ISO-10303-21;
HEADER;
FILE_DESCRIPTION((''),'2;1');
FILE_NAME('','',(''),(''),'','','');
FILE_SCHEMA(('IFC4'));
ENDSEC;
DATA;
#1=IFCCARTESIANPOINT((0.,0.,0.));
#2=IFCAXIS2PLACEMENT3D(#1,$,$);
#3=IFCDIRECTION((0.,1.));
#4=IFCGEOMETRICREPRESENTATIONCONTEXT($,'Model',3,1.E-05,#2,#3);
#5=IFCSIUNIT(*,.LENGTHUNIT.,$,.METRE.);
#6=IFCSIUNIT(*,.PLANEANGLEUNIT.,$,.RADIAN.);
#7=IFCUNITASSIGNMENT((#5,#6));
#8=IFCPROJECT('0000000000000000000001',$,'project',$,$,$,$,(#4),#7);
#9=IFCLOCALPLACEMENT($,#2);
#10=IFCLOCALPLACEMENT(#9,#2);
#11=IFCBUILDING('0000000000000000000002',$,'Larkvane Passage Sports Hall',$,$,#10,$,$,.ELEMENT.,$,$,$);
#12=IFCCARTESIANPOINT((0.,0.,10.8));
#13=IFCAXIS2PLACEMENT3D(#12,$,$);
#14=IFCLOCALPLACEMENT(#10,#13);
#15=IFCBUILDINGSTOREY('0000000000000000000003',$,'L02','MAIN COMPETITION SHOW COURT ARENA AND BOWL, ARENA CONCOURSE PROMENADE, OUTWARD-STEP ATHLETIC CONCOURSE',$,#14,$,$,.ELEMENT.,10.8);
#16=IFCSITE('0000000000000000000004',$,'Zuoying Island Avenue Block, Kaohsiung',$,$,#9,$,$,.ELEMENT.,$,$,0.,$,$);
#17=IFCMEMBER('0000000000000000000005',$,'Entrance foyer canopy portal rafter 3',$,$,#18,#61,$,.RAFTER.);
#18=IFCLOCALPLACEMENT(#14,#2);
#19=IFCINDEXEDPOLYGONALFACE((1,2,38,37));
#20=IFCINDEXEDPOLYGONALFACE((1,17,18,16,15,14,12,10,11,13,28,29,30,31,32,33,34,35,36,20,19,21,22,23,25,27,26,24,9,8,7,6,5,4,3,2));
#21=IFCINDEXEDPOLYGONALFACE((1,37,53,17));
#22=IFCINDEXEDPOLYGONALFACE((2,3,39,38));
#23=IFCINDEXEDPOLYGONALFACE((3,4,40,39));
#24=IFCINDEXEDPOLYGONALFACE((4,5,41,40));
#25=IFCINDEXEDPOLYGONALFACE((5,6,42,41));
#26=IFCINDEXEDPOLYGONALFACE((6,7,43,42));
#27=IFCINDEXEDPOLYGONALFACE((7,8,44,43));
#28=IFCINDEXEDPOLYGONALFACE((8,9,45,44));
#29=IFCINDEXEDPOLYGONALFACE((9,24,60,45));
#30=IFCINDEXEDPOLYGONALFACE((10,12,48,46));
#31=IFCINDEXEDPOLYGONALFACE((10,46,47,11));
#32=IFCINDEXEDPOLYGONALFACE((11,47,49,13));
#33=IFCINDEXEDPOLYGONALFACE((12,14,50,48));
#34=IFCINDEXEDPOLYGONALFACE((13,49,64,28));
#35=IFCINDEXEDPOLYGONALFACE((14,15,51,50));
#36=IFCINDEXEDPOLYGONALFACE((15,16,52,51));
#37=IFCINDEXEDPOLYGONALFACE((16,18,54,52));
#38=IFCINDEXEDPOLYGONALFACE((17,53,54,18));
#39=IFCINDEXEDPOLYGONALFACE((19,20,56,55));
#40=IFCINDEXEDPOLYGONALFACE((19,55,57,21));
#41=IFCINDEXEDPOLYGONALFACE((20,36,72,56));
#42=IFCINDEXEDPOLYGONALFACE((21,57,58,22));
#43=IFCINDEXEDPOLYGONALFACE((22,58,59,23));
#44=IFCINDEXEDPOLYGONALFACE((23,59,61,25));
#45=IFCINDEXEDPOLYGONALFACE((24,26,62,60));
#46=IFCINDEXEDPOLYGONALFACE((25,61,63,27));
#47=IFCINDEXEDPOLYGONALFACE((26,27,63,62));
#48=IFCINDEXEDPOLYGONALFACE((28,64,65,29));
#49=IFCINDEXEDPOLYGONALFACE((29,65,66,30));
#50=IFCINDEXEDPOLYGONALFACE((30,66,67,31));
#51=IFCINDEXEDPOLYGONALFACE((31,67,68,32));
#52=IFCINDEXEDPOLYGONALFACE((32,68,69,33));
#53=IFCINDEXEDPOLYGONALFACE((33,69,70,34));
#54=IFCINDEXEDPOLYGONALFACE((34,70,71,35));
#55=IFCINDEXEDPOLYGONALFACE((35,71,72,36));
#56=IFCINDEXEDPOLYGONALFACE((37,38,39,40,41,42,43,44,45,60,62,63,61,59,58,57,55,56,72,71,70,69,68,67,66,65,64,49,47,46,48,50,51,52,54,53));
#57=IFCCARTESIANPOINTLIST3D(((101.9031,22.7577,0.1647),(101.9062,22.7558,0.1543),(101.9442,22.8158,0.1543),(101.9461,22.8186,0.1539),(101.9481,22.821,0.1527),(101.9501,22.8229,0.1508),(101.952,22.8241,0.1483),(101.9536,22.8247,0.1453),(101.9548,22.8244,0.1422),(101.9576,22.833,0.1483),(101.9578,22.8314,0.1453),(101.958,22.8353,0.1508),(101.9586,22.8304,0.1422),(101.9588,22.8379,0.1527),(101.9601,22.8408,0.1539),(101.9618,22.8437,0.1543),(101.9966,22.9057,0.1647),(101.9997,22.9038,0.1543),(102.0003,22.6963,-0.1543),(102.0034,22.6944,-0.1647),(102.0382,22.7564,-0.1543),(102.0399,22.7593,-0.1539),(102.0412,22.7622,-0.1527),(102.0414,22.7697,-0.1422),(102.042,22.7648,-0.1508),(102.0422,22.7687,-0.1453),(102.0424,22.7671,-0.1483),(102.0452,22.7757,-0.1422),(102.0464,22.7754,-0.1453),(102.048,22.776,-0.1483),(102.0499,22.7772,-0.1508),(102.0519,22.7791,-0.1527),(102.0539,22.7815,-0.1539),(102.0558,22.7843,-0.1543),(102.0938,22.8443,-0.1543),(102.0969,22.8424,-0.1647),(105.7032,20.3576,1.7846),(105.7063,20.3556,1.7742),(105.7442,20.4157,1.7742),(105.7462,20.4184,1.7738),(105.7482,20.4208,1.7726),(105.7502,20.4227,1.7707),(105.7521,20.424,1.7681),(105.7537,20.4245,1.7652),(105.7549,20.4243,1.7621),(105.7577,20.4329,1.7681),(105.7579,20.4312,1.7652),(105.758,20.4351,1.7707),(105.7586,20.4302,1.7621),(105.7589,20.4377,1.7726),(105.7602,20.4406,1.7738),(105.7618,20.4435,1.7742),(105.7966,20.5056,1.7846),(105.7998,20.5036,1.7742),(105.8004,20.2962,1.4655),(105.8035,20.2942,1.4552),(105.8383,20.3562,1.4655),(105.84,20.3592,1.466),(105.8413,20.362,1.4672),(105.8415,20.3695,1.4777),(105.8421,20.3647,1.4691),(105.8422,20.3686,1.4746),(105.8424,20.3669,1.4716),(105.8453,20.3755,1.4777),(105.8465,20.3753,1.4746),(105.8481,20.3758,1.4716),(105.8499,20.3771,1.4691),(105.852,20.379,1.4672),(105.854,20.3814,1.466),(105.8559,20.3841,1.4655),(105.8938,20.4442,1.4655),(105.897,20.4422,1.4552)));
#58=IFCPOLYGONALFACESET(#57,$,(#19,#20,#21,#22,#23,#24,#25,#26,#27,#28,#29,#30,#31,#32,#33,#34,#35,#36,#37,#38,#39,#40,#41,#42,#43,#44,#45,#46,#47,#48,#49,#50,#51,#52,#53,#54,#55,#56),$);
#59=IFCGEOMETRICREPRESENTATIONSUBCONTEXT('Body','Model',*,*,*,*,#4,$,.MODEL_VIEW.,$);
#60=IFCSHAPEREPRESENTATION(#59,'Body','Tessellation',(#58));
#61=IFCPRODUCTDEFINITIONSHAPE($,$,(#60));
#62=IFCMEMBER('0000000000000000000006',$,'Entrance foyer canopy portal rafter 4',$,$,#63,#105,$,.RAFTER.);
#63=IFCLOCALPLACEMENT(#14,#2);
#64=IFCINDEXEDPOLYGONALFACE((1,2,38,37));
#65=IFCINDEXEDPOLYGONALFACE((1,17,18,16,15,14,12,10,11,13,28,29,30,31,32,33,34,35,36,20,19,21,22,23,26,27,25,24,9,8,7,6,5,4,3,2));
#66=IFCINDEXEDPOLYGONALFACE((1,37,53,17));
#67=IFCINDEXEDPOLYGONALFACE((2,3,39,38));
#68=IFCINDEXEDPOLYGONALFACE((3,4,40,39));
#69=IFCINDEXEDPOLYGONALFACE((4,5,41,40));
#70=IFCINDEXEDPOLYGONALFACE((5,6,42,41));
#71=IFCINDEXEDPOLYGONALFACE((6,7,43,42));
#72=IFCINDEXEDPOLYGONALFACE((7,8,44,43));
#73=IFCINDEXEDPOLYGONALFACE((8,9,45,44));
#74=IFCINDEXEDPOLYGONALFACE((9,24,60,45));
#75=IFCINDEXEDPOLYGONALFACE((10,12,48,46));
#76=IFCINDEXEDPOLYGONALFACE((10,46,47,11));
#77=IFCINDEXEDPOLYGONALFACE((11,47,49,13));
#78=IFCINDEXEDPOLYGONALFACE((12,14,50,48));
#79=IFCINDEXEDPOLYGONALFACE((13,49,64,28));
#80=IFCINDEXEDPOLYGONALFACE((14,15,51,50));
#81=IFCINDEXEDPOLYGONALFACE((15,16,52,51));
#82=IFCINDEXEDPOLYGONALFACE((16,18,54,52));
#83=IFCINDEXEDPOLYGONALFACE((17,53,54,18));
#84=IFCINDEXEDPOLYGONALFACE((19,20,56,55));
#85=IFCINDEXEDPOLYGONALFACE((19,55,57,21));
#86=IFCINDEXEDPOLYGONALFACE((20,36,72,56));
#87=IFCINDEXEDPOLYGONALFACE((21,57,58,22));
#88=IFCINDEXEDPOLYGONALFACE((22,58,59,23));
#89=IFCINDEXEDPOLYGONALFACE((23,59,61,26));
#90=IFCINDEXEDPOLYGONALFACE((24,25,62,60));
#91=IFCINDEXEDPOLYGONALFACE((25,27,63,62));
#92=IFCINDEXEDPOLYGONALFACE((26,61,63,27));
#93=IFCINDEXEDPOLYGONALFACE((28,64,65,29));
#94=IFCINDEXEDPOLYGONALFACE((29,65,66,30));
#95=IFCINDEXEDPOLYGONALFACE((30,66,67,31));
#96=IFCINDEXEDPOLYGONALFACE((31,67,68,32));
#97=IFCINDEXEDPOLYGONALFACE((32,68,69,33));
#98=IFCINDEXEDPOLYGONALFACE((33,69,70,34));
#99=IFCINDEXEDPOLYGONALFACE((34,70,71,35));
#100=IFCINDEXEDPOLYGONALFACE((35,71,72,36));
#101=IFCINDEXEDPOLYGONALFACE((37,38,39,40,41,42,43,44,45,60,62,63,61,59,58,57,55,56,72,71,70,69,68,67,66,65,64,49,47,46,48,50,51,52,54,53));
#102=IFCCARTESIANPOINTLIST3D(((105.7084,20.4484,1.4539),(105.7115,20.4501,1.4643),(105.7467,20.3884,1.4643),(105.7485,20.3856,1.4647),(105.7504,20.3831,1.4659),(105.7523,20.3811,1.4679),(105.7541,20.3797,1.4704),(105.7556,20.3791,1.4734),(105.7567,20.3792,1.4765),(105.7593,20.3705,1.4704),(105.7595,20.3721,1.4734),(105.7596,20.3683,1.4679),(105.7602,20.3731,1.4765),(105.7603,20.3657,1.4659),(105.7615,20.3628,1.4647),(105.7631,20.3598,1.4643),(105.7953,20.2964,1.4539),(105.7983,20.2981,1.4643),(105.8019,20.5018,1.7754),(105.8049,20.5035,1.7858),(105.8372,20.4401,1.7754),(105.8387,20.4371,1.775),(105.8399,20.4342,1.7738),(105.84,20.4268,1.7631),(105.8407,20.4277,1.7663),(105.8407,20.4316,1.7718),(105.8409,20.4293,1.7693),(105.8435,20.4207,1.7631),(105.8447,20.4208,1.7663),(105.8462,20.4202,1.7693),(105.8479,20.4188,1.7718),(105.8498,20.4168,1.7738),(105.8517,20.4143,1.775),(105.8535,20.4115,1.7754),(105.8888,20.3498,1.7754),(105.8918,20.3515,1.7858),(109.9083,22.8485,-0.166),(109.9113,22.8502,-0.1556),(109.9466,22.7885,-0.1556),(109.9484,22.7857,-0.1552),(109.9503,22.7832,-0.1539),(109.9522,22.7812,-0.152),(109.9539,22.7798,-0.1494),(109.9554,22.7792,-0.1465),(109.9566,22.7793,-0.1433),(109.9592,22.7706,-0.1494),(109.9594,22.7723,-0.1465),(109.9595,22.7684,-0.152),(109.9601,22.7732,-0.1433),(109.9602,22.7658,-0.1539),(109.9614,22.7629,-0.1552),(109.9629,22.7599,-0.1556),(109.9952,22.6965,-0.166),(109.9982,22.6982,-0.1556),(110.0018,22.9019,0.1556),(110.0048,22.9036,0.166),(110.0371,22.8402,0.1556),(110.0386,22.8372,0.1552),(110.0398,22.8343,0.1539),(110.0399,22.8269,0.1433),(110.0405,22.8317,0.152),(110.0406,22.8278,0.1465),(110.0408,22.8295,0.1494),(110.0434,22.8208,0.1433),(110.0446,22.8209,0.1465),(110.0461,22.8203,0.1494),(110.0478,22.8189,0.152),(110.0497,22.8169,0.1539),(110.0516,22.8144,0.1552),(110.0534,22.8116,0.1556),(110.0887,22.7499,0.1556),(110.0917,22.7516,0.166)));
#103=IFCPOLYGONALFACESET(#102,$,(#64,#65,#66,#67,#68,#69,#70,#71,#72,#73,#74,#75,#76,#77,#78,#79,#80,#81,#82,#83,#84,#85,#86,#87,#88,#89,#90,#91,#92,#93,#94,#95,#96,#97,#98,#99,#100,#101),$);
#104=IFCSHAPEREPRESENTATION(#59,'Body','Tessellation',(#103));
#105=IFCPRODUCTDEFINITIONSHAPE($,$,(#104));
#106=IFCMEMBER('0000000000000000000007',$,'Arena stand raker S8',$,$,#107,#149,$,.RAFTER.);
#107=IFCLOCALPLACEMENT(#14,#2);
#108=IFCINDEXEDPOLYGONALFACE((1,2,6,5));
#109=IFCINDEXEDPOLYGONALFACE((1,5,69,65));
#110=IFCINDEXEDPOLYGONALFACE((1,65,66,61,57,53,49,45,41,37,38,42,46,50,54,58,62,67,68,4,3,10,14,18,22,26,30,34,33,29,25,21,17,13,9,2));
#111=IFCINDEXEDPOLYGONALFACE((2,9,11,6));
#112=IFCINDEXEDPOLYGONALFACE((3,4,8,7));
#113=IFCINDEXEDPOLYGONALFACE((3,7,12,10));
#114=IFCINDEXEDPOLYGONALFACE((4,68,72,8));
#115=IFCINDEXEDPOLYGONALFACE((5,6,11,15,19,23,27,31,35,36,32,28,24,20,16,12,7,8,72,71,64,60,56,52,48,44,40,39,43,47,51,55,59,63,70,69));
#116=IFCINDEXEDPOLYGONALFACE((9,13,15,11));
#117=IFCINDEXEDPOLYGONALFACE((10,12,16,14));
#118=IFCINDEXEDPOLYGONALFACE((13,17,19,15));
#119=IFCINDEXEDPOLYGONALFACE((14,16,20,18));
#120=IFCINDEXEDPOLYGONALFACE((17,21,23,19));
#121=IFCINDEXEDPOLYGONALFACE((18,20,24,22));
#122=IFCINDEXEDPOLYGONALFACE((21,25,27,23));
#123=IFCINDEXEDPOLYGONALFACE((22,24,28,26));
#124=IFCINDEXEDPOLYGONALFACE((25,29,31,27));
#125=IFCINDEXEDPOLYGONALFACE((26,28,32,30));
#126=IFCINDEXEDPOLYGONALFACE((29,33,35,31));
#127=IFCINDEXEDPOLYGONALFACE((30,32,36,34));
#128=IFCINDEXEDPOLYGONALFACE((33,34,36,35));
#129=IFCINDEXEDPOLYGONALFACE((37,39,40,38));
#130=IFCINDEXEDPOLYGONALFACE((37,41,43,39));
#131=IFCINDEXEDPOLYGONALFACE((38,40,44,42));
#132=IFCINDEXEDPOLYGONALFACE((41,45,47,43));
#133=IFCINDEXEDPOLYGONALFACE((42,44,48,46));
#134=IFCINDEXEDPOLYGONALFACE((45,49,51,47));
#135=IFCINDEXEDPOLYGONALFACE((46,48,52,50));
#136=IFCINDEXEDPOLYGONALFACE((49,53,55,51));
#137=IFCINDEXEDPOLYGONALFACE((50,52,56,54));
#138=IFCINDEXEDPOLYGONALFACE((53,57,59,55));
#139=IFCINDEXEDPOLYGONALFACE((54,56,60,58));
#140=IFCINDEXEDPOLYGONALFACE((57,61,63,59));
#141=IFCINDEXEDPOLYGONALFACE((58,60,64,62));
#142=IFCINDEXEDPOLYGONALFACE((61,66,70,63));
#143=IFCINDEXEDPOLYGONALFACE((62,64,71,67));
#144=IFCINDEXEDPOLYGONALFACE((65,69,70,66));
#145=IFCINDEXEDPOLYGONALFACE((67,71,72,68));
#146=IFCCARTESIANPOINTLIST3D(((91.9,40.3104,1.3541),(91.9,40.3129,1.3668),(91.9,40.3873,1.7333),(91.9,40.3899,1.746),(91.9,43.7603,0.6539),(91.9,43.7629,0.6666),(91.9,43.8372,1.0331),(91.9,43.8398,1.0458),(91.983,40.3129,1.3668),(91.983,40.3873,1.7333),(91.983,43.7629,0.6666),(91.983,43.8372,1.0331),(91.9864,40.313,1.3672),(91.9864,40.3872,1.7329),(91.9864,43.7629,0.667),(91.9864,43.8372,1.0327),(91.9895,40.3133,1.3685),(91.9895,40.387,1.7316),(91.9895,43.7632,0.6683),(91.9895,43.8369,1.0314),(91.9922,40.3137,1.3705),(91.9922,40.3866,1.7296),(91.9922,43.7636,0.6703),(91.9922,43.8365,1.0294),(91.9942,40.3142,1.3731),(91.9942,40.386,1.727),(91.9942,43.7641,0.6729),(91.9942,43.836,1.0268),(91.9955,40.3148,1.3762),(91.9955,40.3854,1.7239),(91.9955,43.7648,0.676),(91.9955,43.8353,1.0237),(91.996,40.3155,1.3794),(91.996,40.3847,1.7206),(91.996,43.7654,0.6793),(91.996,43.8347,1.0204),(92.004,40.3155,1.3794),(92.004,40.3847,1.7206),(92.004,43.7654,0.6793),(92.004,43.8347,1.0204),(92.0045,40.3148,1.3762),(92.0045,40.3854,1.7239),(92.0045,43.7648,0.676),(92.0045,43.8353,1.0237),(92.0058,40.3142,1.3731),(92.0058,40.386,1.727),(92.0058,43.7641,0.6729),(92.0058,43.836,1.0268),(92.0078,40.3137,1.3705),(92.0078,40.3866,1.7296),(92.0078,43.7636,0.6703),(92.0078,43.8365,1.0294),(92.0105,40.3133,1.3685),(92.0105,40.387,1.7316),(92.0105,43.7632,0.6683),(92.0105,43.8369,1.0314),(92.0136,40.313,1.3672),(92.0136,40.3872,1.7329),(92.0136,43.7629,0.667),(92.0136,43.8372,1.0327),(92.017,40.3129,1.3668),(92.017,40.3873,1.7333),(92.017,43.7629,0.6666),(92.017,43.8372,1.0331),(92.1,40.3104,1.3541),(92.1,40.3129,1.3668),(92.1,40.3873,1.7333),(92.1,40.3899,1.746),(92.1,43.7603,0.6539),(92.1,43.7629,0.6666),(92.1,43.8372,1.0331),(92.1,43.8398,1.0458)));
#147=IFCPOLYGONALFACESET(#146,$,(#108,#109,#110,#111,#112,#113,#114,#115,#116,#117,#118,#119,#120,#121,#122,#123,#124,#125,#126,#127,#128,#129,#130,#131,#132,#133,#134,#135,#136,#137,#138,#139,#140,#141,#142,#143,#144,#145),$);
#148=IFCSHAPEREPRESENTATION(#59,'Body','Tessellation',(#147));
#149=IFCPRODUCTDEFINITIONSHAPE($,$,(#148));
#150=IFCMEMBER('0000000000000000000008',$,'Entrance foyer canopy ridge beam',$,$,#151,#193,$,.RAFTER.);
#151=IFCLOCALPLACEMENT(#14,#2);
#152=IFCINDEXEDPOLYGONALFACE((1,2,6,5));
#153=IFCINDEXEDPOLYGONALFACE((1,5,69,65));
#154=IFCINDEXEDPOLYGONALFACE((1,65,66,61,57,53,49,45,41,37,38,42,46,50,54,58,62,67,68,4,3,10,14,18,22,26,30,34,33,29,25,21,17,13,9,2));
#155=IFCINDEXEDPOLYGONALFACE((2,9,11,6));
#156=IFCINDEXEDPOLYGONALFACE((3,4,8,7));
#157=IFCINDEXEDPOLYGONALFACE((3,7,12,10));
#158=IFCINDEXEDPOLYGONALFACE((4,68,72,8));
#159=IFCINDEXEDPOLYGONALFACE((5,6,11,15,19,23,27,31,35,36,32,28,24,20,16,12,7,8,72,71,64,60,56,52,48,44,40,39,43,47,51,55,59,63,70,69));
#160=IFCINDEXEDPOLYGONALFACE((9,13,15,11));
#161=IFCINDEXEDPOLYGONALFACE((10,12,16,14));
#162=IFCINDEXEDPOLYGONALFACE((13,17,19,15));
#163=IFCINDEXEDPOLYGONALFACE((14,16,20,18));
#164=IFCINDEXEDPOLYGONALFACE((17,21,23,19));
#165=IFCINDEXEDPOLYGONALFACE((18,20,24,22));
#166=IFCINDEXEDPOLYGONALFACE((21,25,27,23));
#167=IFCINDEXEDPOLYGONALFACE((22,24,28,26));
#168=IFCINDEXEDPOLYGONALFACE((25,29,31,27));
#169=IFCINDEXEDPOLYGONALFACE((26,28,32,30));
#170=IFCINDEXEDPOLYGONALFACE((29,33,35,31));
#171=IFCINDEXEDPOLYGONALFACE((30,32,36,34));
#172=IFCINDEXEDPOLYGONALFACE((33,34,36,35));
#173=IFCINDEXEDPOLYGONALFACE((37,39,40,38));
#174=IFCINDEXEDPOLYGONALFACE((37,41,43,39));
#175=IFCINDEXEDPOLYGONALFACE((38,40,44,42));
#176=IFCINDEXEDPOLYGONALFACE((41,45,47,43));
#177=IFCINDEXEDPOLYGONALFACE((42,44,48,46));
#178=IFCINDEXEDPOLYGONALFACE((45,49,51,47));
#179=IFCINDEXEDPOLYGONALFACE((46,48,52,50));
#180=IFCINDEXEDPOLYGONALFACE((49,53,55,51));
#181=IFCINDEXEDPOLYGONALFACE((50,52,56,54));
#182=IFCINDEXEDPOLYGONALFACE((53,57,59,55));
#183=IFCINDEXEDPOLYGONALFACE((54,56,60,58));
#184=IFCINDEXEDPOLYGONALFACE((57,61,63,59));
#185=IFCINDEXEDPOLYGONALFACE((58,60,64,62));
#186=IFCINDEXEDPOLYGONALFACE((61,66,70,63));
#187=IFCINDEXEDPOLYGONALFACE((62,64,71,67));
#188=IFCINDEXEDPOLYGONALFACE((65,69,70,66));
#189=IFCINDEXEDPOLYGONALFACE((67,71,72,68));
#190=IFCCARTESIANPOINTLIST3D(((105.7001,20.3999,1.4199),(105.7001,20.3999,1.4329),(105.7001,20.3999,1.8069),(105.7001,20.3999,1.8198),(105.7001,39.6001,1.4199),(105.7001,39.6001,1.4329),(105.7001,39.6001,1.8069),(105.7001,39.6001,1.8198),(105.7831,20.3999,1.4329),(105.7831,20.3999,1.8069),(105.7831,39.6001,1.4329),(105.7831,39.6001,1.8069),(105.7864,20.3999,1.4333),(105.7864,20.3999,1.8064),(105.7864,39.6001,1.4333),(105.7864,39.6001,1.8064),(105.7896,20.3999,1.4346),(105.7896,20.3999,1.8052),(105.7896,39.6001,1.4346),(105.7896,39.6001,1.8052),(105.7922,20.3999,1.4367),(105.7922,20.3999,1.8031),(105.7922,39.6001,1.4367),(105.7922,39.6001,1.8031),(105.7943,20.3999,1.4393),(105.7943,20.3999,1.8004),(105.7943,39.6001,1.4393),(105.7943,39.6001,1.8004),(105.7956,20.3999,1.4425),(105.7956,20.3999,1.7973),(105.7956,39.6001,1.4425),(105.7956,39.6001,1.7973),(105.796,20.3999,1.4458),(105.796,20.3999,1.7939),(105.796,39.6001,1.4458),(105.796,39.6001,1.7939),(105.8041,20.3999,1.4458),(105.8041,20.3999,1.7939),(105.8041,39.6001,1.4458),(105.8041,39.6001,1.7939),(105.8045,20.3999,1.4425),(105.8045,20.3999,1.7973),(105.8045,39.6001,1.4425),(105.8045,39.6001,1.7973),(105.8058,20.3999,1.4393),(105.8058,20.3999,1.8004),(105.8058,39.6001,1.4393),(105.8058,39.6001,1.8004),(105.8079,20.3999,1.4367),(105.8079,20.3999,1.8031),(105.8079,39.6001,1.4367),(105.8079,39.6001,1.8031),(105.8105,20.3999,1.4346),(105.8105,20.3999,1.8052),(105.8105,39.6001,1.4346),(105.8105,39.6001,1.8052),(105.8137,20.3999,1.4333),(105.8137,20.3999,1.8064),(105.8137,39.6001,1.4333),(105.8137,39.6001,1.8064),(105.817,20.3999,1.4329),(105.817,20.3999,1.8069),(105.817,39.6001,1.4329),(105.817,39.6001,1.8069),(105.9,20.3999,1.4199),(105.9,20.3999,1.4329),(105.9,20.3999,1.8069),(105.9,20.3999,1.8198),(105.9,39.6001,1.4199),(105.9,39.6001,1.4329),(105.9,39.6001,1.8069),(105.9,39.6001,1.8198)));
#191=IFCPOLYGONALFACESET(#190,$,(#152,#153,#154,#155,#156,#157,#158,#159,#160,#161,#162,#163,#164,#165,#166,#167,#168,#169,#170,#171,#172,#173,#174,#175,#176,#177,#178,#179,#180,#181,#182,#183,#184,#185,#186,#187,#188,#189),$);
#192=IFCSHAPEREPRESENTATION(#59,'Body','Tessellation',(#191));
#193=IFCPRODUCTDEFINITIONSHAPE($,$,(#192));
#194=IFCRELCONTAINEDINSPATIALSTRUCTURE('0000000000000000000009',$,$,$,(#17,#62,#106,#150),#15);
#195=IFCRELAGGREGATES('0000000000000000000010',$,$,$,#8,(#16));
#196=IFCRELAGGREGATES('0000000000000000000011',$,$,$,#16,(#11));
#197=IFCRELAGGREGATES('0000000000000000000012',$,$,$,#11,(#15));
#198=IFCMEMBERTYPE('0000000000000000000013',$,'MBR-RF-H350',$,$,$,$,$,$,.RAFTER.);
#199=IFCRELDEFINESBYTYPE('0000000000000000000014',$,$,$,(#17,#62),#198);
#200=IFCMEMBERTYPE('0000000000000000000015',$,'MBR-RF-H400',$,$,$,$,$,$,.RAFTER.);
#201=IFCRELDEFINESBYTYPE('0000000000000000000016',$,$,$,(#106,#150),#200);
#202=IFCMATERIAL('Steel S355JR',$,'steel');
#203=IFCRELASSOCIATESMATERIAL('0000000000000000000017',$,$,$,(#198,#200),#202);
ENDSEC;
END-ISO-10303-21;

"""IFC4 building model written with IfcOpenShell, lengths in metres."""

from ifc_helpers import new_model, si_unit, direction, frame, origin, origin_2d, place, context, subcontext, project, spatial, i_section, extrude, material, material_profile, profile_set, type_object, element, save


model = new_model("IFC4")

# Units and contexts
model_context = context("Model", 3, precision=1e-05, world=origin(), true_north=direction((0.0, 1.0)))
body_context = subcontext(model_context, "Body", "Model", "MODEL_VIEW")
ifc_project = project(units=[si_unit("LENGTHUNIT", "METRE"), si_unit("PLANEANGLEUNIT", "RADIAN")], contexts=[model_context])

# Site, building, storey
site_placement = place(None, origin())
site = spatial("IfcSite", under=ifc_project, at=site_placement, Name="Zuoying Island Avenue Block, Kaohsiung", CompositionType="ELEMENT", RefElevation=0.0)
building_placement = place(site_placement, origin())
building = spatial("IfcBuilding", under=site, at=building_placement, Name="Larkvane Passage Sports Hall", CompositionType="ELEMENT")
storey_placement = place(building_placement, frame((0.0, 0.0, 10.8)))
storey = spatial("IfcBuildingStorey", under=building, at=storey_placement, Name="L02", Description="MAIN COMPETITION SHOW COURT ARENA AND BOWL, ARENA CONCOURSE PROMENADE, OUTWARD-STEP ATHLETIC CONCOURSE", CompositionType="ELEMENT", Elevation=10.8)

# Members
ifc_material_1 = material(Name="Steel S355JR", Category="steel")
ifc_material_profile_1 = material_profile(ifc_material_1, i_section(OverallWidth=0.175, OverallDepth=0.3501, WebThickness=0.0071, FlangeThickness=0.011, FilletRadius=0.0129, at=origin_2d()), Name="H-350x175x7x11")
ifc_profile_set_1 = profile_set([ifc_material_profile_1], Name="Steel S355JR")
member_type_1 = type_object("IfcMemberType", Name="MBR-RF-H350", PredefinedType="RAFTER", material=ifc_profile_set_1)
member_1_placement = place(storey_placement, frame((102.0, 22.8, 0.0), z_axis=(0.795396, -0.502379, 0.339059), x_axis=(0.534011, 0.845477, 0.0)))
element("IfcMember", 1, at=member_1_placement, inside=storey, type_object=member_type_1, Name="Entrance foyer canopy portal rafter 3", PredefinedType="RAFTER", context=body_context, shape_type="SweptSolid", body=[
    extrude(i_section(OverallWidth=0.175, OverallDepth=0.3501, WebThickness=0.0071, FlangeThickness=0.011, FilletRadius=0.0129, at=origin_2d()), origin(), (0.0, 0.0, 1.0), 4.7776),
])
member_2_placement = place(storey_placement, frame((110.0, 22.8, 0.0), z_axis=(-0.823294, -0.470488, 0.317535), x_axis=(0.496166, -0.868228, 0.0)))
element("IfcMember", 2, at=member_2_placement, inside=storey, type_object=member_type_1, Name="Entrance foyer canopy portal rafter 4", PredefinedType="RAFTER", context=body_context, shape_type="SweptSolid", body=[
    extrude(i_section(OverallWidth=0.175, OverallDepth=0.3501, WebThickness=0.0071, FlangeThickness=0.011, FilletRadius=0.0129, at=origin_2d()), origin(), (0.0, 0.0, 1.0), 5.1013),
])
ifc_material_profile_2 = material_profile(ifc_material_1, i_section(OverallWidth=0.2, OverallDepth=0.3999, WebThickness=0.0081, FlangeThickness=0.0129, FilletRadius=0.0129, at=origin_2d()), Name="H-400x200x8x13")
ifc_profile_set_2 = profile_set([ifc_material_profile_2], Name="Steel S355JR")
member_type_2 = type_object("IfcMemberType", Name="MBR-RF-H400", PredefinedType="RAFTER", material=ifc_profile_set_2)
member_3_placement = place(storey_placement, frame((92.0, 43.8, 0.8499), z_axis=(0.0, -0.980019, 0.198903), x_axis=(1.0, 0.0, 0.0)))
element("IfcMember", 3, at=member_3_placement, inside=storey, type_object=member_type_2, Name="Arena stand raker S8", PredefinedType="RAFTER", context=body_context, shape_type="SweptSolid", body=[
    extrude(i_section(OverallWidth=0.2, OverallDepth=0.3999, WebThickness=0.0081, FlangeThickness=0.0129, FilletRadius=0.0129, at=origin_2d()), origin(), (0.0, 0.0, 1.0), 3.5203),
])
member_4_placement = place(storey_placement, frame((105.8, 20.3999, 1.6199), z_axis=(0.0, 1.0, 0.0), x_axis=(-1.0, 0.0, 0.0)))
element("IfcMember", 4, at=member_4_placement, inside=storey, type_object=member_type_2, Name="Entrance foyer canopy ridge beam", PredefinedType="RAFTER", context=body_context, shape_type="SweptSolid", body=[
    extrude(i_section(OverallWidth=0.2, OverallDepth=0.3999, WebThickness=0.0081, FlangeThickness=0.0129, FilletRadius=0.0129, at=origin_2d()), origin(), (0.0, 0.0, 1.0), 19.2002),
])

save(model, "model.ifc")
